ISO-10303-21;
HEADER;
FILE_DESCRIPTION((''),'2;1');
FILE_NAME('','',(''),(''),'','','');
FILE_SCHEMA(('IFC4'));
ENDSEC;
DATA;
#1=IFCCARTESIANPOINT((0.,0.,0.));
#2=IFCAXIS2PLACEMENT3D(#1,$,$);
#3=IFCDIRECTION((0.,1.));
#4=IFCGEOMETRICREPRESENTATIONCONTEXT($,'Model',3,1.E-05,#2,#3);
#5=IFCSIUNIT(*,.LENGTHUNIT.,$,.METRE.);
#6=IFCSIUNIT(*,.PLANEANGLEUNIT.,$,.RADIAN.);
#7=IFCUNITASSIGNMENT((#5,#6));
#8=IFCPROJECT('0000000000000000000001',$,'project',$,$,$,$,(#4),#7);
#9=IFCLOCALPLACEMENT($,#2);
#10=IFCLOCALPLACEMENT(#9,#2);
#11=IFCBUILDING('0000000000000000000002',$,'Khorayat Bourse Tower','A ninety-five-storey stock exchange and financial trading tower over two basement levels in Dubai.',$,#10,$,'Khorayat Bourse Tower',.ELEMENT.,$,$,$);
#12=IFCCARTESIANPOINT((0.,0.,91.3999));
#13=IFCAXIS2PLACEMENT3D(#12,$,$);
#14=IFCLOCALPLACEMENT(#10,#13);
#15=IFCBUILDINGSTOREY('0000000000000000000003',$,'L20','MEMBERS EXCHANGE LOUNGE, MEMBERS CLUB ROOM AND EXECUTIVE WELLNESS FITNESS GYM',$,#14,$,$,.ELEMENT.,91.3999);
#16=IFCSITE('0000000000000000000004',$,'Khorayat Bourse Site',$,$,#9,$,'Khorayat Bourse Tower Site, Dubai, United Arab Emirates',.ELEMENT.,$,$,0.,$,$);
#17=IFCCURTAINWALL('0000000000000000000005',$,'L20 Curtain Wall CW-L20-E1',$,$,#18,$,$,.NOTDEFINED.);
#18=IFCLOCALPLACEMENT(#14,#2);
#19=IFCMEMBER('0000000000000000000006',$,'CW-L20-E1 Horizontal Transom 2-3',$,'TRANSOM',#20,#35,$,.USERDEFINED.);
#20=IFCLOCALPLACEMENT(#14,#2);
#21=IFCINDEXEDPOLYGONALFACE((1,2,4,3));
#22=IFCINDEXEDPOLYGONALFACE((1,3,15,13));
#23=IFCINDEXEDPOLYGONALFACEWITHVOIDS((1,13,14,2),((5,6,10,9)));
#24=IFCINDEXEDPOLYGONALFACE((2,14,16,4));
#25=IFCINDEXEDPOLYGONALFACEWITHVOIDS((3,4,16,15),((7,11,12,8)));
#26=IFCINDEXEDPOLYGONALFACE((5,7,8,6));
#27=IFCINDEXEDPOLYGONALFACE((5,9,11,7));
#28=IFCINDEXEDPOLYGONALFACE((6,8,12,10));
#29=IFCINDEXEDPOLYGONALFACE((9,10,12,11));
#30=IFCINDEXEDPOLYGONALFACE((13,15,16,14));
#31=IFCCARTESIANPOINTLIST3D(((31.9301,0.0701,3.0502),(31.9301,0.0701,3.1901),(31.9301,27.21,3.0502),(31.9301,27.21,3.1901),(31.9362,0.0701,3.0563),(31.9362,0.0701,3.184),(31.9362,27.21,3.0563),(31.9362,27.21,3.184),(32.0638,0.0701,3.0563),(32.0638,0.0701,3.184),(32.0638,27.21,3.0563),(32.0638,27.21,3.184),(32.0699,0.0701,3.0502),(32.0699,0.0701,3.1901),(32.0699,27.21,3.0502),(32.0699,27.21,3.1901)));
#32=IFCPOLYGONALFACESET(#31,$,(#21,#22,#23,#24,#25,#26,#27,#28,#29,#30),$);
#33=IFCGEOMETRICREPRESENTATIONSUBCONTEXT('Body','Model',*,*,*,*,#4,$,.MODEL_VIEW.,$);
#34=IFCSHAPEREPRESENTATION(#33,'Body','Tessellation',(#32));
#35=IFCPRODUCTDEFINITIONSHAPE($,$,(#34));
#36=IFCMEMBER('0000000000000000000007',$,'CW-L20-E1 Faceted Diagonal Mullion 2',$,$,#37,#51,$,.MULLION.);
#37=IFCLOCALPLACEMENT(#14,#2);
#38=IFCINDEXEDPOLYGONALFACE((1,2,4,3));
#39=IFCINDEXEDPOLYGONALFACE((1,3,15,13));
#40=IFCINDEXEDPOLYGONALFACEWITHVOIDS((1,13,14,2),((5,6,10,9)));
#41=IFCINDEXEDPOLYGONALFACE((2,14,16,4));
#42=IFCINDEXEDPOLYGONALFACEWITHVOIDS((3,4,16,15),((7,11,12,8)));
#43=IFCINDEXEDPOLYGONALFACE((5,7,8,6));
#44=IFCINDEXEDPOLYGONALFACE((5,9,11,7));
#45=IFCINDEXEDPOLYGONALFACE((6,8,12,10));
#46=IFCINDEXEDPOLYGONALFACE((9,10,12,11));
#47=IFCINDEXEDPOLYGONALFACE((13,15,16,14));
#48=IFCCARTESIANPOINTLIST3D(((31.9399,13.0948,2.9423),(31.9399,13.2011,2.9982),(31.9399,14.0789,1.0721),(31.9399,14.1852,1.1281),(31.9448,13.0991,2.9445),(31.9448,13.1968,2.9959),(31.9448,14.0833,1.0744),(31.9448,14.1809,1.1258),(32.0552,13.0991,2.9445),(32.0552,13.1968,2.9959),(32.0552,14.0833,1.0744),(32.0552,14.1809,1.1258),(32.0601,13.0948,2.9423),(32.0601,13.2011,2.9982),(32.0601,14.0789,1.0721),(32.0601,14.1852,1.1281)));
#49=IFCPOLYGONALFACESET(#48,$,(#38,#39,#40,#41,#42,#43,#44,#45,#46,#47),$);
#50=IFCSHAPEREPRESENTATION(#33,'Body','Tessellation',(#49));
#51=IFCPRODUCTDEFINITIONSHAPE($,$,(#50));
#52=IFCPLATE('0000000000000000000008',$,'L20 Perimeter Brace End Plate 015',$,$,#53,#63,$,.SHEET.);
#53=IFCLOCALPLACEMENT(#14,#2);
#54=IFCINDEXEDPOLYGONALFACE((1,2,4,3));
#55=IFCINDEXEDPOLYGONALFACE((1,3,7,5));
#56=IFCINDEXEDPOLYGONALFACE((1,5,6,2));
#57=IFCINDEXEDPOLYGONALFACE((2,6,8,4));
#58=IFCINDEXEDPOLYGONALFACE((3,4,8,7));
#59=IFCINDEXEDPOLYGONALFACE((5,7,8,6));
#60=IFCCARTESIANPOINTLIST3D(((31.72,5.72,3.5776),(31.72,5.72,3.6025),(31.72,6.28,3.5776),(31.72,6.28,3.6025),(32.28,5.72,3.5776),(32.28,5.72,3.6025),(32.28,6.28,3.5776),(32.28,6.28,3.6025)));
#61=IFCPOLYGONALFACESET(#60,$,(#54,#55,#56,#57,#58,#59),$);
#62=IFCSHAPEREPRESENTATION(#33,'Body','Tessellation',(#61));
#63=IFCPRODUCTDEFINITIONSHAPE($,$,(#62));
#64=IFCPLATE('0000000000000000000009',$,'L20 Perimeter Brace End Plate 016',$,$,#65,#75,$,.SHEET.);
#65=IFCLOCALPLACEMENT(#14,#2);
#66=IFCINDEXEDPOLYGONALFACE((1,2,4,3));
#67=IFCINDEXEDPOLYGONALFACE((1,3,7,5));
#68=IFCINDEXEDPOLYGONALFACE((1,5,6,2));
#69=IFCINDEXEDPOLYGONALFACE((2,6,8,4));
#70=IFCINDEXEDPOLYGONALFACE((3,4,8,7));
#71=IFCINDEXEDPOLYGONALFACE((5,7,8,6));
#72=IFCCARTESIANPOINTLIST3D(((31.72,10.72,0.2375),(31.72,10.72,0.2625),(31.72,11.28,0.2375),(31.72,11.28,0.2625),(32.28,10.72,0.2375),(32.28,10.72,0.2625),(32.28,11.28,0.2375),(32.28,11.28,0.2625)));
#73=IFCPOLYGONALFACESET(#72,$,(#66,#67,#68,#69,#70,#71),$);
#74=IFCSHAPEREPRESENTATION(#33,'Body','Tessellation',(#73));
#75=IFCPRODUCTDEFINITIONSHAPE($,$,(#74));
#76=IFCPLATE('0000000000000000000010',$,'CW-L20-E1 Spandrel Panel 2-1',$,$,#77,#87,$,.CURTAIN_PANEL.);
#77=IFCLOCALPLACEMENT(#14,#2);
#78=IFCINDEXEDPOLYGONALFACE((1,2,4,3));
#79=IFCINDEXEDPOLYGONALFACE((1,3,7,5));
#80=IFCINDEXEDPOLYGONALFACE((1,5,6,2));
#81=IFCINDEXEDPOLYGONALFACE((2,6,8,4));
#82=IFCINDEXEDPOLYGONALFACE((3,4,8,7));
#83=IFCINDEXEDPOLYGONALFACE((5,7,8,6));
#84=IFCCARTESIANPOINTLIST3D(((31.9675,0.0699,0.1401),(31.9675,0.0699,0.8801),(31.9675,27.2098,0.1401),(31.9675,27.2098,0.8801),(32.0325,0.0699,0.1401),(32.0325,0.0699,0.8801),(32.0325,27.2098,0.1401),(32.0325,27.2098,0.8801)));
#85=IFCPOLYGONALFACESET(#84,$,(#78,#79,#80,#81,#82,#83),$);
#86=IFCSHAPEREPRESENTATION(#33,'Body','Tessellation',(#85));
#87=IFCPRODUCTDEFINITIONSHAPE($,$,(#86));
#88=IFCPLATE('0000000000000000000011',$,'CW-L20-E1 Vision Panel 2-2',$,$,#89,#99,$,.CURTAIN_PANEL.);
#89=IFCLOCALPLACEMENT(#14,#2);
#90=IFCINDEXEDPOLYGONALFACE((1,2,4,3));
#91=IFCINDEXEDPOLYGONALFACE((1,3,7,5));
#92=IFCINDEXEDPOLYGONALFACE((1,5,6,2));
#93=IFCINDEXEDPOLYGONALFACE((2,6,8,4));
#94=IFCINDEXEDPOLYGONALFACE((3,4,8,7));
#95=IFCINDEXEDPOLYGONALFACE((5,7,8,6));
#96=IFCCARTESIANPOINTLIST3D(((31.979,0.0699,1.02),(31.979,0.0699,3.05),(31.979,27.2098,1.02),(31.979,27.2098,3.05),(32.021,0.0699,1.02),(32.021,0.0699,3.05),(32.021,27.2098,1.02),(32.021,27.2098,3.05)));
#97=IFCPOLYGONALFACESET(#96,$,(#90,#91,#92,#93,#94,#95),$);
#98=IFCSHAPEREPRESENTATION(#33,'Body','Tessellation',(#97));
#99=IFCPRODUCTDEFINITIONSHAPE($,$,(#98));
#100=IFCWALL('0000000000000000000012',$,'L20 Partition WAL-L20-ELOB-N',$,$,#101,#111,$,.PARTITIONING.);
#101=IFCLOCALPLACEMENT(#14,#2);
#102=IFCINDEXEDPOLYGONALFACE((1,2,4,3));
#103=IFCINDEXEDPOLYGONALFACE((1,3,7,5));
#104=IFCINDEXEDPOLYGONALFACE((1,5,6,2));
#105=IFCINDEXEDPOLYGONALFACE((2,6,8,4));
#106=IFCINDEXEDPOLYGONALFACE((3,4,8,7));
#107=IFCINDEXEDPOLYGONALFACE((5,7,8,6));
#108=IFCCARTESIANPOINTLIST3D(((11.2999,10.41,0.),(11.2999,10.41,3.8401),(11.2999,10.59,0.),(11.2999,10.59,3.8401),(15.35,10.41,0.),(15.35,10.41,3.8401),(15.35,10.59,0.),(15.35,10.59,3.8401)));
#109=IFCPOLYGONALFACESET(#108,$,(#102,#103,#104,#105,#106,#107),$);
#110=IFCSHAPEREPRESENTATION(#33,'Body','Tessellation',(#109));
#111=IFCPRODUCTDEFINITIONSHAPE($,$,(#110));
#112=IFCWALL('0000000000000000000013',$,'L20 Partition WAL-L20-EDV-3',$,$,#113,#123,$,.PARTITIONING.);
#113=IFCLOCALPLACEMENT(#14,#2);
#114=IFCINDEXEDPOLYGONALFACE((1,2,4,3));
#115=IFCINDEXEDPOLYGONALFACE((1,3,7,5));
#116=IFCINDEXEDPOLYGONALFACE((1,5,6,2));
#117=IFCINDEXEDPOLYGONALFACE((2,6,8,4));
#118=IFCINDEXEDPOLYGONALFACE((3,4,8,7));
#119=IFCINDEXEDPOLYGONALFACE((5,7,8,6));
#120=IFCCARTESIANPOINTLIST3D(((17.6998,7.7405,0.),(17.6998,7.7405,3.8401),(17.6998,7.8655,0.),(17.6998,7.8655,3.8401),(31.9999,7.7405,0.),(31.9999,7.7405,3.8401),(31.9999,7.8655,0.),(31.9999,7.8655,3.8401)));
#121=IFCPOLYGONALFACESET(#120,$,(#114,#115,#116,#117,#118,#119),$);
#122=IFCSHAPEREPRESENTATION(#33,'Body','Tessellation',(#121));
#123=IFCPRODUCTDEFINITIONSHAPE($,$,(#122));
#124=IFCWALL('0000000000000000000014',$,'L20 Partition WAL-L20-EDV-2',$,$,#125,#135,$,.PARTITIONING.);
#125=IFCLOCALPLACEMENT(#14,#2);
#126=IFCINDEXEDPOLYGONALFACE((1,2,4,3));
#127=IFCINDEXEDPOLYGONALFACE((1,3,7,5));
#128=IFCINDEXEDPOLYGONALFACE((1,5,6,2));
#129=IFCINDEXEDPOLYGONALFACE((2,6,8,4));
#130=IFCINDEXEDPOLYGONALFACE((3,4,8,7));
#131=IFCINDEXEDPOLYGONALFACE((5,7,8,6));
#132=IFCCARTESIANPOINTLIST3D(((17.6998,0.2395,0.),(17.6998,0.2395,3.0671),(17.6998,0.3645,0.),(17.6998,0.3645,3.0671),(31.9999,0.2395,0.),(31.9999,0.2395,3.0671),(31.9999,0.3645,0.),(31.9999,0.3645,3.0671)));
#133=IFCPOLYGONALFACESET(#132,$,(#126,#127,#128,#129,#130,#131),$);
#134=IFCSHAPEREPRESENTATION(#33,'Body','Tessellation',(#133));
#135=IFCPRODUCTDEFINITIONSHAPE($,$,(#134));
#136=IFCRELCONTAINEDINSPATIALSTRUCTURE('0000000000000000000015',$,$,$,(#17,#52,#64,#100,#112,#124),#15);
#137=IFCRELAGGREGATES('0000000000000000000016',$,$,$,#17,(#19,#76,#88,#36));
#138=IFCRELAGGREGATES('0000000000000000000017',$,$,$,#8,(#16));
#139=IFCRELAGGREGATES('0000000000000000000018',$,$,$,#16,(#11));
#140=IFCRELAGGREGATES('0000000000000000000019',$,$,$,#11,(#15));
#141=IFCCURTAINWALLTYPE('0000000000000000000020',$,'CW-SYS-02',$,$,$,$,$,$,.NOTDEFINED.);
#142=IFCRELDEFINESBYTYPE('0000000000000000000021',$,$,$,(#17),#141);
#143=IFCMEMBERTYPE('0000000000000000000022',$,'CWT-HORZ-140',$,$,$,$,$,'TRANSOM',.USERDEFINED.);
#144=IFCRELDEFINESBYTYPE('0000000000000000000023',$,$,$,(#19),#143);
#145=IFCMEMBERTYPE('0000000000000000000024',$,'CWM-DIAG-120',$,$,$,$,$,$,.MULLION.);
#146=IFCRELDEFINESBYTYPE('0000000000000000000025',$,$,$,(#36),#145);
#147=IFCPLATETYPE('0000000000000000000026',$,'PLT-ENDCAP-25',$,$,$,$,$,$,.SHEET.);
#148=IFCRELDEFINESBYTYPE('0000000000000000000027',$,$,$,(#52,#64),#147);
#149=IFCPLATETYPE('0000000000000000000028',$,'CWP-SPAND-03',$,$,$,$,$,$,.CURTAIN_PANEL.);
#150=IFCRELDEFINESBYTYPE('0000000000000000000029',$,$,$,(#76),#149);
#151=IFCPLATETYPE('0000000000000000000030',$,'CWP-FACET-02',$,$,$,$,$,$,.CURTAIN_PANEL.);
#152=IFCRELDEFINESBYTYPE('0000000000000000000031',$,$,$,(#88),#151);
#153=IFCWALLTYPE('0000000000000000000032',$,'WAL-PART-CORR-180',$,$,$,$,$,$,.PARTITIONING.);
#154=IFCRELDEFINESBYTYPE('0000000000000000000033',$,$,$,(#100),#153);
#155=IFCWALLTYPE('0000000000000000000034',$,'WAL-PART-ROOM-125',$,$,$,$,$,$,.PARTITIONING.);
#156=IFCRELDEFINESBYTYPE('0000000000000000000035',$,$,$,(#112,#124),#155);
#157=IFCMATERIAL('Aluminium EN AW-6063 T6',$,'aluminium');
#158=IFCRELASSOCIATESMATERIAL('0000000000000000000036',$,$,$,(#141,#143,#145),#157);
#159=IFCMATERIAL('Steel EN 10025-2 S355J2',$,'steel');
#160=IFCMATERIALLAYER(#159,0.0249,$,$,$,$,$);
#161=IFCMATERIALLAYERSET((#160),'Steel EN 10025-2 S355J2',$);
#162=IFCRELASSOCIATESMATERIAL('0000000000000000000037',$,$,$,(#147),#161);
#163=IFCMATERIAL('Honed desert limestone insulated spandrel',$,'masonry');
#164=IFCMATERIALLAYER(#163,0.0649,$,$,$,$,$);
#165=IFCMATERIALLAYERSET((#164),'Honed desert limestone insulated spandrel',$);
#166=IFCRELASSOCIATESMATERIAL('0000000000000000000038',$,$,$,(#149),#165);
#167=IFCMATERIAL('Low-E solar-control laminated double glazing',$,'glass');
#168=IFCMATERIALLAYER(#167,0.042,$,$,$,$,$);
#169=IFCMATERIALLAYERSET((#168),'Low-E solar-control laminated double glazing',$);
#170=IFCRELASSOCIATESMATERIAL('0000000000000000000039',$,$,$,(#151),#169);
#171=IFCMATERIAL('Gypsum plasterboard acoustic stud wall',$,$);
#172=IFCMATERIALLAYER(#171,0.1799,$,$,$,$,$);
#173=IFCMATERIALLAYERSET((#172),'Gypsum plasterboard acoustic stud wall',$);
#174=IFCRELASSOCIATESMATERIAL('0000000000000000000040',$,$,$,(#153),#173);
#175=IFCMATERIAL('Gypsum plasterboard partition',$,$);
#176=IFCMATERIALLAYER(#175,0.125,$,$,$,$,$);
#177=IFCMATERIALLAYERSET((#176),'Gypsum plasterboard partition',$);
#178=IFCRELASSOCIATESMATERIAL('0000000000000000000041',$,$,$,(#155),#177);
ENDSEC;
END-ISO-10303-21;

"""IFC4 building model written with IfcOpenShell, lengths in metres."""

from ifc_helpers import new_model, si_unit, direction, frame, frame_2d, origin, origin_2d, place, context, subcontext, project, spatial, rectangle, hollow_rectangle, extrude, source, transform, mapped, material, layer, layer_set, material_profile, profile_set, type_object, element, aggregate, save


model = new_model("IFC4")

# Units and contexts
model_context = context("Model", 3, precision=1e-05, world=origin(), true_north=direction((0.0, 1.0)))
body_context = subcontext(model_context, "Body", "Model", "MODEL_VIEW")
ifc_project = project(units=[si_unit("LENGTHUNIT", "METRE"), si_unit("PLANEANGLEUNIT", "RADIAN")], contexts=[model_context])

# Site, building, storey
site_placement = place(None, origin())
site = spatial("IfcSite", under=ifc_project, at=site_placement, Name="Khorayat Bourse Site", LongName="Khorayat Bourse Tower Site, Dubai, United Arab Emirates", CompositionType="ELEMENT", RefElevation=0.0)
building_placement = place(site_placement, origin())
building = spatial("IfcBuilding", under=site, at=building_placement, Name="Khorayat Bourse Tower", Description="A ninety-five-storey stock exchange and financial trading tower over two basement levels in Dubai.", LongName="Khorayat Bourse Tower", CompositionType="ELEMENT")
storey_placement = place(building_placement, frame((0.0, 0.0, 91.3999)))
storey = spatial("IfcBuildingStorey", under=building, at=storey_placement, Name="L20", Description="MEMBERS EXCHANGE LOUNGE, MEMBERS CLUB ROOM AND EXECUTIVE WELLNESS FITNESS GYM", CompositionType="ELEMENT", Elevation=91.3999)

# Curtain wall, members
ifc_material_1 = material(Name="Aluminium EN AW-6063 T6", Category="aluminium")
curtain_wall_type = type_object("IfcCurtainWallType", Name="CW-SYS-02", PredefinedType="NOTDEFINED", material=ifc_material_1)
curtain_wall_placement = place(storey_placement, origin())
curtain_wall = element("IfcCurtainWall", 1, at=curtain_wall_placement, inside=storey, type_object=curtain_wall_type, Name="L20 Curtain Wall CW-L20-E1", PredefinedType="NOTDEFINED")
ifc_material_profile_1 = material_profile(ifc_material_1, hollow_rectangle(XDim=0.1399, YDim=0.1399, WallThickness=0.0061, at=origin_2d()), Name="ALU 140x140x6")
ifc_profile_set_1 = profile_set([ifc_material_profile_1], Name="Aluminium EN AW-6063 T6")
member_type_1 = type_object("IfcMemberType", Name="CWT-HORZ-140", ElementType="TRANSOM", PredefinedType="USERDEFINED", material=ifc_profile_set_1)
shared_shape_1 = source(origin(), body_context, "Body", "SweptSolid", [
    extrude(hollow_rectangle(XDim=0.1399, YDim=0.1399, WallThickness=0.0061, at=origin_2d()), origin(), (0.0, 0.0, 1.0), 27.1399),
])
member_1_placement = place(storey_placement, frame((32.0, 0.0701, 3.1201), z_axis=(0.0, 1.0, 0.0), x_axis=(-1.0, 0.0, 0.0)))
member_1 = element("IfcMember", 2, at=member_1_placement, type_object=member_type_1, Name="CW-L20-E1 Horizontal Transom 2-3", ObjectType="TRANSOM", PredefinedType="USERDEFINED", context=body_context, shape_type="MappedRepresentation", body=[
    mapped(shared_shape_1, transform((0.0, 0.0, 0.0), scale=1.0)),
])
ifc_material_profile_2 = material_profile(ifc_material_1, hollow_rectangle(XDim=0.1201, YDim=0.1201, WallThickness=0.0049, at=origin_2d()), Name="ALU 120x120x5")
ifc_profile_set_2 = profile_set([ifc_material_profile_2], Name="Aluminium EN AW-6063 T6")
member_type_2 = type_object("IfcMemberType", Name="CWM-DIAG-120", PredefinedType="MULLION", material=ifc_profile_set_2)
shared_shape_2 = source(origin(), body_context, "Body", "SweptSolid", [
    extrude(hollow_rectangle(XDim=0.1201, YDim=0.1201, WallThickness=0.0049, at=origin_2d()), origin(), (0.0, 0.0, 1.0), 2.1133),
])
member_2_placement = place(storey_placement, frame((32.0, 14.1321, 1.1001), z_axis=(0.0, -0.465694, 0.884946), x_axis=(1.0, 0.0, 0.0)))
member_2 = element("IfcMember", 3, at=member_2_placement, type_object=member_type_2, Name="CW-L20-E1 Faceted Diagonal Mullion 2", PredefinedType="MULLION", context=body_context, shape_type="MappedRepresentation", body=[
    mapped(shared_shape_2, transform((0.0, 0.0, 0.0), scale=1.0)),
])

# Plates
ifc_material_2 = material(Name="Steel EN 10025-2 S355J2", Category="steel")
ifc_layer_1 = layer(ifc_material_2, 0.0249)
ifc_layer_set_1 = layer_set([ifc_layer_1], Name="Steel EN 10025-2 S355J2")
plate_type_1 = type_object("IfcPlateType", Name="PLT-ENDCAP-25", PredefinedType="SHEET", material=ifc_layer_set_1)
shared_shape_3 = source(origin(), body_context, "Body", "SweptSolid", [
    extrude(rectangle(XDim=0.5601, YDim=0.5601, at=origin_2d()), origin(), (0.0, 0.0, 1.0), 0.0249),
])
for number, where, z_axis, x_axis, name in (
    (4, (32.0, 6.0, 3.5776), (0.0, 0.0, 1.0), (1.0, 0.0, 0.0), "L20 Perimeter Brace End Plate 015"),
    (5, (32.0, 11.0, 0.2375), (0.0, 0.0, 1.0), (1.0, 0.0, 0.0), "L20 Perimeter Brace End Plate 016"),
):
    element("IfcPlate", number, at=place(storey_placement, frame(where, z_axis=z_axis, x_axis=x_axis)), inside=storey, type_object=plate_type_1, Name=name, PredefinedType="SHEET", context=body_context, shape_type="MappedRepresentation", body=[
        mapped(shared_shape_3, transform((0.0, 0.0, 0.0), scale=1.0)),
    ])

# Plates
ifc_material_3 = material(Name="Honed desert limestone insulated spandrel", Category="masonry")
ifc_layer_2 = layer(ifc_material_3, 0.0649)
ifc_layer_set_2 = layer_set([ifc_layer_2], Name="Honed desert limestone insulated spandrel")
plate_type_2 = type_object("IfcPlateType", Name="CWP-SPAND-03", PredefinedType="CURTAIN_PANEL", material=ifc_layer_set_2)
shared_shape_4 = source(origin(), body_context, "Body", "SweptSolid", [
    extrude(rectangle(XDim=27.1399, YDim=0.0649, at=origin_2d()), origin(), (0.0, 0.0, 1.0), 0.74),
])
plate_1_placement = place(storey_placement, frame((32.0, 13.6399, 0.1401), z_axis=(0.0, 0.0, 1.0), x_axis=(0.0, 1.0, 0.0)))
plate_1 = element("IfcPlate", 6, at=plate_1_placement, type_object=plate_type_2, Name="CW-L20-E1 Spandrel Panel 2-1", PredefinedType="CURTAIN_PANEL", context=body_context, shape_type="MappedRepresentation", body=[
    mapped(shared_shape_4, transform((0.0, 0.0, 0.0), scale=1.0)),
])
ifc_material_4 = material(Name="Low-E solar-control laminated double glazing", Category="glass")
ifc_layer_3 = layer(ifc_material_4, 0.042)
ifc_layer_set_3 = layer_set([ifc_layer_3], Name="Low-E solar-control laminated double glazing")
plate_type_3 = type_object("IfcPlateType", Name="CWP-FACET-02", PredefinedType="CURTAIN_PANEL", material=ifc_layer_set_3)
shared_shape_5 = source(origin(), body_context, "Body", "SweptSolid", [
    extrude(rectangle(XDim=27.1399, YDim=0.042, at=origin_2d()), origin(), (0.0, 0.0, 1.0), 2.03),
])
plate_2_placement = place(storey_placement, frame((32.0, 13.6399, 1.02), z_axis=(0.0, 0.0, 1.0), x_axis=(0.0, 1.0, 0.0)))
plate_2 = element("IfcPlate", 7, at=plate_2_placement, type_object=plate_type_3, Name="CW-L20-E1 Vision Panel 2-2", PredefinedType="CURTAIN_PANEL", context=body_context, shape_type="MappedRepresentation", body=[
    mapped(shared_shape_5, transform((0.0, 0.0, 0.0), scale=1.0)),
])
aggregate(curtain_wall, [member_1, plate_1, plate_2, member_2])

# Walls
ifc_material_5 = material(Name="Gypsum plasterboard acoustic stud wall")
ifc_layer_4 = layer(ifc_material_5, 0.1799)
ifc_layer_set_4 = layer_set([ifc_layer_4], Name="Gypsum plasterboard acoustic stud wall")
wall_type_1 = type_object("IfcWallType", Name="WAL-PART-CORR-180", PredefinedType="PARTITIONING", material=ifc_layer_set_4)
shared_shape_6 = source(origin(), body_context, "Body", "SweptSolid", [
    extrude(rectangle(XDim=4.05, YDim=0.1799, at=frame_2d((2.0249, 0.0))), origin(), (0.0, 0.0, 1.0), 3.8401),
])
wall_1_placement = place(storey_placement, frame((11.3, 10.5, 0.0), z_axis=(0.0, 0.0, 1.0), x_axis=(1.0, 0.0, 0.0)))
element("IfcWall", 8, at=wall_1_placement, inside=storey, type_object=wall_type_1, Name="L20 Partition WAL-L20-ELOB-N", PredefinedType="PARTITIONING", context=body_context, shape_type="MappedRepresentation", body=[
    mapped(shared_shape_6, transform((0.0, 0.0, 0.0), scale=1.0)),
])
ifc_material_6 = material(Name="Gypsum plasterboard partition")
ifc_layer_5 = layer(ifc_material_6, 0.125)
ifc_layer_set_5 = layer_set([ifc_layer_5], Name="Gypsum plasterboard partition")
wall_type_2 = type_object("IfcWallType", Name="WAL-PART-ROOM-125", PredefinedType="PARTITIONING", material=ifc_layer_set_5)
shared_shape_7 = source(origin(), body_context, "Body", "SweptSolid", [
    extrude(rectangle(XDim=14.3, YDim=0.125, at=frame_2d((7.1499, 0.0))), origin(), (0.0, 0.0, 1.0), 3.8401),
])
wall_2_placement = place(storey_placement, frame((17.7, 7.803, 0.0), z_axis=(0.0, 0.0, 1.0), x_axis=(1.0, 0.0, 0.0)))
element("IfcWall", 9, at=wall_2_placement, inside=storey, type_object=wall_type_2, Name="L20 Partition WAL-L20-EDV-3", PredefinedType="PARTITIONING", context=body_context, shape_type="MappedRepresentation", body=[
    mapped(shared_shape_7, transform((0.0, 0.0, 0.0), scale=1.0)),
])
shared_shape_8 = source(origin(), body_context, "Body", "SweptSolid", [
    extrude(rectangle(XDim=14.3, YDim=0.125, at=frame_2d((7.1499, 0.0))), origin(), (0.0, 0.0, 1.0), 3.0671),
])
wall_3_placement = place(storey_placement, frame((17.7, 0.302, 0.0), z_axis=(0.0, 0.0, 1.0), x_axis=(1.0, 0.0, 0.0)))
element("IfcWall", 10, at=wall_3_placement, inside=storey, type_object=wall_type_2, Name="L20 Partition WAL-L20-EDV-2", PredefinedType="PARTITIONING", context=body_context, shape_type="MappedRepresentation", body=[
    mapped(shared_shape_8, transform((0.0, 0.0, 0.0), scale=1.0)),
])

save(model, "model.ifc")
